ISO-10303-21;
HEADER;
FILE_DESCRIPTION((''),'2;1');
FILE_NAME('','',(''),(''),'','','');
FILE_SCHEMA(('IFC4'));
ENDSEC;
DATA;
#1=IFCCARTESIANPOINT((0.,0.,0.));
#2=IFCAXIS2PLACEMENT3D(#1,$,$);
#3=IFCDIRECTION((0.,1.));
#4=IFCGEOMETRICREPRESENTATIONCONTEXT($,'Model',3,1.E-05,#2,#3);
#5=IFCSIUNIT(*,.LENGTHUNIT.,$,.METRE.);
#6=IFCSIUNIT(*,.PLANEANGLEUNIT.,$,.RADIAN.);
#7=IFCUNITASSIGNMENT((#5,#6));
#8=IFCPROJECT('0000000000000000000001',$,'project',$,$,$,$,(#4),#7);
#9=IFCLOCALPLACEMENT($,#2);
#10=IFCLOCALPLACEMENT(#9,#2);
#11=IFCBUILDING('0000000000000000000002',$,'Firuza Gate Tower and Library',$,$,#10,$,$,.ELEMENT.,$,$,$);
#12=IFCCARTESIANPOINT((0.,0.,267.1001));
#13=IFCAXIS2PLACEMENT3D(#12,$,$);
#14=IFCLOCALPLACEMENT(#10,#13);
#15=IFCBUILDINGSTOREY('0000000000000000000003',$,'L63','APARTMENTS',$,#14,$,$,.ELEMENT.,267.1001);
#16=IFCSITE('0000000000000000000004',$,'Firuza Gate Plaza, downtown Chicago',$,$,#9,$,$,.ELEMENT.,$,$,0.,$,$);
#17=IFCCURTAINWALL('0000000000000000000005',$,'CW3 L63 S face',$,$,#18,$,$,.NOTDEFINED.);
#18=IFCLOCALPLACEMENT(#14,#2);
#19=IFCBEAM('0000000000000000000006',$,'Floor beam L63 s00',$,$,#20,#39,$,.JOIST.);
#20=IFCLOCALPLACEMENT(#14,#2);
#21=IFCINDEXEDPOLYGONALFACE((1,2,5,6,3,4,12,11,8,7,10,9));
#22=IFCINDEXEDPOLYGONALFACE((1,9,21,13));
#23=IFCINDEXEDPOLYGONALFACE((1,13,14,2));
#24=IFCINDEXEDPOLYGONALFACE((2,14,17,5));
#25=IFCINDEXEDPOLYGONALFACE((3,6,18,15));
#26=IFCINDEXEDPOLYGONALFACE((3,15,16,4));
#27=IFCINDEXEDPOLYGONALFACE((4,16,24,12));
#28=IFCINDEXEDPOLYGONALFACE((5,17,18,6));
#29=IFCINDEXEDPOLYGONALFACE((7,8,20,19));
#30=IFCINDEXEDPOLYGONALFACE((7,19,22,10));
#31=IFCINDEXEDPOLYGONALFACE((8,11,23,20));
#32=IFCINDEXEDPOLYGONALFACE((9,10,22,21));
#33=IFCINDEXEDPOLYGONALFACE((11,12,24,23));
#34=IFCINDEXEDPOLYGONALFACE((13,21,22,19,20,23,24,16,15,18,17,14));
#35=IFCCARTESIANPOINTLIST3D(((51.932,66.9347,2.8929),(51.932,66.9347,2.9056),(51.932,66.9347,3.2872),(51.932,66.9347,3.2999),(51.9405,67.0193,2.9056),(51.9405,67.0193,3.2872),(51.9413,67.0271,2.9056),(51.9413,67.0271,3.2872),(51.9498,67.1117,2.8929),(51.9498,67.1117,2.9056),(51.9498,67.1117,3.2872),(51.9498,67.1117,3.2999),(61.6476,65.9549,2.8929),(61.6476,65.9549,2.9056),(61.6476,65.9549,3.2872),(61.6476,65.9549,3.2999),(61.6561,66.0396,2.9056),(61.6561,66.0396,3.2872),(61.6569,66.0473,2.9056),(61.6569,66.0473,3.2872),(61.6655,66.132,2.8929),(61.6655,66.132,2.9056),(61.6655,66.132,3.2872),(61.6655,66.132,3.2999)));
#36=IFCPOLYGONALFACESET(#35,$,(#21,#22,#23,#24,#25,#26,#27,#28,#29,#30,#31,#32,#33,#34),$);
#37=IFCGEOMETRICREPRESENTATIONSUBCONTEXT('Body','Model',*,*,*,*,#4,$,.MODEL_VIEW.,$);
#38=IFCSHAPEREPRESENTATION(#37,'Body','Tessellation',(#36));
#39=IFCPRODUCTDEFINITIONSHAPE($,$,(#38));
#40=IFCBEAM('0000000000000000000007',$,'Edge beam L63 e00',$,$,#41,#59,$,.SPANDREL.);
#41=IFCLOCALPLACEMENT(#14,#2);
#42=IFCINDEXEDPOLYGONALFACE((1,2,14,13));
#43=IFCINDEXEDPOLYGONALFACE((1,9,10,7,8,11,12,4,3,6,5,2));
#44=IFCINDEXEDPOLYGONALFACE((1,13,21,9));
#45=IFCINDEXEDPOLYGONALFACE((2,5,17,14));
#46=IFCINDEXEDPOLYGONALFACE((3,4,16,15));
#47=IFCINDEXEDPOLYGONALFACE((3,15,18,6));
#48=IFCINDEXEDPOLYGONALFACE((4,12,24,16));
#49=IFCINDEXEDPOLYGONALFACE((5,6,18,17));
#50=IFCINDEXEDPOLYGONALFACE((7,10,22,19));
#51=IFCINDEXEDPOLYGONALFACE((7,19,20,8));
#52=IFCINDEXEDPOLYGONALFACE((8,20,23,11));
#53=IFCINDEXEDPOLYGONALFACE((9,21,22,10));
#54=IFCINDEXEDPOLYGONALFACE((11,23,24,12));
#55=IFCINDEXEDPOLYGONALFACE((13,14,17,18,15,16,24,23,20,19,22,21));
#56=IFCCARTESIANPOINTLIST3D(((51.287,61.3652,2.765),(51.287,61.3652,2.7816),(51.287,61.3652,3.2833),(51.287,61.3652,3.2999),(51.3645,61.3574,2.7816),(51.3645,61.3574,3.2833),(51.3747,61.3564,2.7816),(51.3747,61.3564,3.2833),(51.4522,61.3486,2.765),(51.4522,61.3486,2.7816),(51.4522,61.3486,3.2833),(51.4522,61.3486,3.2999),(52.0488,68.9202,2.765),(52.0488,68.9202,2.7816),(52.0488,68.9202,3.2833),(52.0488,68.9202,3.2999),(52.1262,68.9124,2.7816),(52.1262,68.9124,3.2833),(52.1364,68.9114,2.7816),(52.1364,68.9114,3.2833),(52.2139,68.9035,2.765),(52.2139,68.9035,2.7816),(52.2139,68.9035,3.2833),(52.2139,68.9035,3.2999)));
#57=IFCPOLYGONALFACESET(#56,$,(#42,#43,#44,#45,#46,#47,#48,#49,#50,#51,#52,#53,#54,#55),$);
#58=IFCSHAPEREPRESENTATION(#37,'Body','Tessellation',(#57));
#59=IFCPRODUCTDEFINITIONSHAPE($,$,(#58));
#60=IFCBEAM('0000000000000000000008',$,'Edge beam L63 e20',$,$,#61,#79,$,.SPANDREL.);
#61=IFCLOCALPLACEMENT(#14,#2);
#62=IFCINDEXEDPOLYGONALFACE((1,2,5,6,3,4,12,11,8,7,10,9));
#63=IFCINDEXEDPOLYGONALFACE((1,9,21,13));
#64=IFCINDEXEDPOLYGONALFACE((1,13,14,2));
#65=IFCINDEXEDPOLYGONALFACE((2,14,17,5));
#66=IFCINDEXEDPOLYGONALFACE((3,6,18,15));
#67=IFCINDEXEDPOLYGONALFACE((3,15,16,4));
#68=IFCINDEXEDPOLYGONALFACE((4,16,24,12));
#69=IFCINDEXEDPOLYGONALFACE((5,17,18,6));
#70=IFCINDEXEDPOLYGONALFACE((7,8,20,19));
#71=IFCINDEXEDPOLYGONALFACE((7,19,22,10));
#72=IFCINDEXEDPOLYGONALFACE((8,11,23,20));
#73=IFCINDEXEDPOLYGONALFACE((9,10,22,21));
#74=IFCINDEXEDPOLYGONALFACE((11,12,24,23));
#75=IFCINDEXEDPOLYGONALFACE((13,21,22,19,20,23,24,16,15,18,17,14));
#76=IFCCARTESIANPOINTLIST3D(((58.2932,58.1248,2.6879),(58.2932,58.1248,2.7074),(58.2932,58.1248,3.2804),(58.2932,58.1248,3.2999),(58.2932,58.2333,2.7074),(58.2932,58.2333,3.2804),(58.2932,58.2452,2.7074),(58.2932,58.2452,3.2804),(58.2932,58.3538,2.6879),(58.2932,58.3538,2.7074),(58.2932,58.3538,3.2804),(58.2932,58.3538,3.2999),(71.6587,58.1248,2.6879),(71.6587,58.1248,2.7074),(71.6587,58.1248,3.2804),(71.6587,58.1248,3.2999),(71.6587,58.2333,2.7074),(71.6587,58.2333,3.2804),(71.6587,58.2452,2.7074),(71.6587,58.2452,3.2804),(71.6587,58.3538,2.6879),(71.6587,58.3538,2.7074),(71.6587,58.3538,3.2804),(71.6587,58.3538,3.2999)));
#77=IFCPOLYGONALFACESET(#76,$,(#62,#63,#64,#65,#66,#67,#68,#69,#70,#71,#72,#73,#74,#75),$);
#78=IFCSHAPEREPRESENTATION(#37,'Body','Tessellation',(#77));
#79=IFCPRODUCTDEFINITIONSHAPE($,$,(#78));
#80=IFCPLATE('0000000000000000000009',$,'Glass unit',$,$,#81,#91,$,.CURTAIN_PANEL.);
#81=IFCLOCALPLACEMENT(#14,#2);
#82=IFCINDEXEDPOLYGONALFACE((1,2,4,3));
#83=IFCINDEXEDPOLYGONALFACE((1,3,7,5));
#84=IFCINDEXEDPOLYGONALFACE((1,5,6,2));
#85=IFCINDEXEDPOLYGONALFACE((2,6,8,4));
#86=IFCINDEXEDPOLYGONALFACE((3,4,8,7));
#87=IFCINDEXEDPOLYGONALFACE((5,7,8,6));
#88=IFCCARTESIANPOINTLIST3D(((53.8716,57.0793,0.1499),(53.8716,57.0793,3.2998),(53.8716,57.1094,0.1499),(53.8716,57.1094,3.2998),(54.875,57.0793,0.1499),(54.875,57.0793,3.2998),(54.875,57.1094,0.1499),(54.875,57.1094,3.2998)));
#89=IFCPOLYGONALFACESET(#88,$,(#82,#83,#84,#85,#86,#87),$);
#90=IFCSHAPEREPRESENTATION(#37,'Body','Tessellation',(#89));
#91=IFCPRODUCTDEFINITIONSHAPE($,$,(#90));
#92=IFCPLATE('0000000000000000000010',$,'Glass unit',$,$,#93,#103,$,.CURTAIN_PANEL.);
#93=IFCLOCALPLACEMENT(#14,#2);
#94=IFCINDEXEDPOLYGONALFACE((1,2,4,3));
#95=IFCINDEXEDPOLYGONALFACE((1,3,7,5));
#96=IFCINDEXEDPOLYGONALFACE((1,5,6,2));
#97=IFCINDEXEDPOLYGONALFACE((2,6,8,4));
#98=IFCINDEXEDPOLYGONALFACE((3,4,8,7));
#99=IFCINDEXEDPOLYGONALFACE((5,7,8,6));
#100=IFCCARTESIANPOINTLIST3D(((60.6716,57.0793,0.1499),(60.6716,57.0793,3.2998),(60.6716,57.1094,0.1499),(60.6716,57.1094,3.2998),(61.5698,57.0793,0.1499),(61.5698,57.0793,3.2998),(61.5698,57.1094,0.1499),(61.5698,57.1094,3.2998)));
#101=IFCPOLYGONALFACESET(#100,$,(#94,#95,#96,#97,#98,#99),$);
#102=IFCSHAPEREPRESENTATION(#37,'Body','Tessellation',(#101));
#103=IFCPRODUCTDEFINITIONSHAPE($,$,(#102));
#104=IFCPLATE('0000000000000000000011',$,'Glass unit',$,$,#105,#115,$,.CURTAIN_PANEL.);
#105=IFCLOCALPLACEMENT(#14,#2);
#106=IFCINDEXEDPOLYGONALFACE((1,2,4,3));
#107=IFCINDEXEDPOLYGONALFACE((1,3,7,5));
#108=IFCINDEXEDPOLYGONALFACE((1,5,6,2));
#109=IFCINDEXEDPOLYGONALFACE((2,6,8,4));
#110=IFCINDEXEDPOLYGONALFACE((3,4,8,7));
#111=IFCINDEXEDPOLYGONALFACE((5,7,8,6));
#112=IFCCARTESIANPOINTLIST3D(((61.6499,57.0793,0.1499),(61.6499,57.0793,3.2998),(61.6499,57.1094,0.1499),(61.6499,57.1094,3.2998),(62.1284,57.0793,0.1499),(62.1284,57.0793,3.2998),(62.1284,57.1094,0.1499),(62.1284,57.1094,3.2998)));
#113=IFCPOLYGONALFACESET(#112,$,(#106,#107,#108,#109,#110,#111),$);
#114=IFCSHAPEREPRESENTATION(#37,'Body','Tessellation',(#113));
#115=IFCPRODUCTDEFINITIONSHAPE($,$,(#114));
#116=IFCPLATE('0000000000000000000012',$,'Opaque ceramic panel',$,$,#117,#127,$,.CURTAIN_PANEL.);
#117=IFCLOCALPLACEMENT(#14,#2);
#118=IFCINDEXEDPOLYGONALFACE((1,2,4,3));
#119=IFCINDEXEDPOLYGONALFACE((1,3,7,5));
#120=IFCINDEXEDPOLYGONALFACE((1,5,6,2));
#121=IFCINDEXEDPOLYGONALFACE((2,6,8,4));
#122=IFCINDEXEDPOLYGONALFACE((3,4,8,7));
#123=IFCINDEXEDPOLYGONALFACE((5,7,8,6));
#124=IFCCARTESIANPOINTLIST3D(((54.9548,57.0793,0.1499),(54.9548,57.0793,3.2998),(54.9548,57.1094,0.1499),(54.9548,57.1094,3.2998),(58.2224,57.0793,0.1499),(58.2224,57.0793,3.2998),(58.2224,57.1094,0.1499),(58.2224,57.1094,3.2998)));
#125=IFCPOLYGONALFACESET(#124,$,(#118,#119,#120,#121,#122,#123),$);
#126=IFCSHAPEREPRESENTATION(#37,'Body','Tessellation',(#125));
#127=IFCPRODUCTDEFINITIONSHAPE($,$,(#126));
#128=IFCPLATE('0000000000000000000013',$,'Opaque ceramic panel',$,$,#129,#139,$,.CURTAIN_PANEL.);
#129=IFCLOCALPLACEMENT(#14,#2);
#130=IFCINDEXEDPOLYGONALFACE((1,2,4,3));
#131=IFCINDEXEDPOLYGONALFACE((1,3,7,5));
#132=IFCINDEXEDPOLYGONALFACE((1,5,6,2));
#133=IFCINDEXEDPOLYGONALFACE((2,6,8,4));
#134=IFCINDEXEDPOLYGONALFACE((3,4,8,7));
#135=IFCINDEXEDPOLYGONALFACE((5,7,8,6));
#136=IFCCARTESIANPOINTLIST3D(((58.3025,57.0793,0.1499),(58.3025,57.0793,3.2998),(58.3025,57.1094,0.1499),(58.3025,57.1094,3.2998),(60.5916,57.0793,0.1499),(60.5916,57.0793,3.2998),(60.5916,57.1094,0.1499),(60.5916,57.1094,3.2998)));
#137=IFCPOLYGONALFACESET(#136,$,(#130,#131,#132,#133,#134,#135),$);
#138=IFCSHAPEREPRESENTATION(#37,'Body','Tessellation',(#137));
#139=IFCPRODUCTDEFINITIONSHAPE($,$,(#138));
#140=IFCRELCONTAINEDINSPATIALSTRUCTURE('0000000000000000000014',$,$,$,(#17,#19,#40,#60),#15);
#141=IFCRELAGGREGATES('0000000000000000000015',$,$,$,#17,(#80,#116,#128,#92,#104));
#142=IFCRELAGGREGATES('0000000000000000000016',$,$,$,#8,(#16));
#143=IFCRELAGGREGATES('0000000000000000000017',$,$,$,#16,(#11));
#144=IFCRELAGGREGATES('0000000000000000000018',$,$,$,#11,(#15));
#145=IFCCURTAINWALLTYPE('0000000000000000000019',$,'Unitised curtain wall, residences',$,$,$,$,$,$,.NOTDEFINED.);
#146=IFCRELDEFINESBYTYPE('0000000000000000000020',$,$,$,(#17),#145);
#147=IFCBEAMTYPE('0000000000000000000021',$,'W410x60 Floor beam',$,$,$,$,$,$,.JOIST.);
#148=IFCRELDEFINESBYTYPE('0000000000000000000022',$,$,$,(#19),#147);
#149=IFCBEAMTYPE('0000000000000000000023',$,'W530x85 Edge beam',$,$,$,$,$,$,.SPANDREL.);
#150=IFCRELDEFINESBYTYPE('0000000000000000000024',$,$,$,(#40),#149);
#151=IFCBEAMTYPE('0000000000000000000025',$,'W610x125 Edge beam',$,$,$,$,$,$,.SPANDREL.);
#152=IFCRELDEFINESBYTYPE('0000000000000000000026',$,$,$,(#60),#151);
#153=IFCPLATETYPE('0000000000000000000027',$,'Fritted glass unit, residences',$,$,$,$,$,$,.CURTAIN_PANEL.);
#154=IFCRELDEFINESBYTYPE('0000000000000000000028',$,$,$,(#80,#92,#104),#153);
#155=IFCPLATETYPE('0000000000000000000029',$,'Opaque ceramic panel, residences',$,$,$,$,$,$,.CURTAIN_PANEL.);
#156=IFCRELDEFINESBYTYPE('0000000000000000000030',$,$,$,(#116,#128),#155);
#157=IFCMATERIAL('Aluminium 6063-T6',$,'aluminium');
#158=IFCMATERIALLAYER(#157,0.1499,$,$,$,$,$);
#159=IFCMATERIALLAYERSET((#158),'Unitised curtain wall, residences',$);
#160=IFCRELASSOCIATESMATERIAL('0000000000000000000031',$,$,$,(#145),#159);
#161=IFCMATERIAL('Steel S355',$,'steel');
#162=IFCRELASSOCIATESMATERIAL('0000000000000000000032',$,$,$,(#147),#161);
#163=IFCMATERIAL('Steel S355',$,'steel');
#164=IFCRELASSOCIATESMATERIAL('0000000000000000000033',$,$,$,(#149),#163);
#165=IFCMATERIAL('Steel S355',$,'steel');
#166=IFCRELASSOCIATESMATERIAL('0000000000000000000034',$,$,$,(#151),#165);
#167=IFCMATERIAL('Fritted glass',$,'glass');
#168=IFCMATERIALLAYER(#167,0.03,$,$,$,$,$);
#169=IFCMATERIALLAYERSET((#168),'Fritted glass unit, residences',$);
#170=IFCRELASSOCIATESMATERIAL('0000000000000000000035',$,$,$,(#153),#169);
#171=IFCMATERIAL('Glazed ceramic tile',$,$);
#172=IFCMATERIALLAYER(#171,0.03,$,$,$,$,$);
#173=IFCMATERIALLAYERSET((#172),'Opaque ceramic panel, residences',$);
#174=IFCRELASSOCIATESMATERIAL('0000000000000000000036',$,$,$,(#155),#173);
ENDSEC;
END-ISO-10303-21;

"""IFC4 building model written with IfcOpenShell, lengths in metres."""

from ifc_helpers import new_model, si_unit, direction, frame, origin, origin_2d, place, context, subcontext, project, spatial, polyline, i_section, outline, extrude, material, layer, layer_set, material_profile, profile_set, type_object, element, aggregate, save


model = new_model("IFC4")

# Units and contexts
model_context = context("Model", 3, precision=1e-05, world=origin(), true_north=direction((0.0, 1.0)))
body_context = subcontext(model_context, "Body", "Model", "MODEL_VIEW")
ifc_project = project(units=[si_unit("LENGTHUNIT", "METRE"), si_unit("PLANEANGLEUNIT", "RADIAN")], contexts=[model_context])

# Site, building, storey
site_placement = place(None, origin())
site = spatial("IfcSite", under=ifc_project, at=site_placement, Name="Firuza Gate Plaza, downtown Chicago", CompositionType="ELEMENT", RefElevation=0.0)
building_placement = place(site_placement, origin())
building = spatial("IfcBuilding", under=site, at=building_placement, Name="Firuza Gate Tower and Library", CompositionType="ELEMENT")
storey_placement = place(building_placement, frame((0.0, 0.0, 267.1001)))
storey = spatial("IfcBuildingStorey", under=building, at=storey_placement, Name="L63", Description="APARTMENTS", CompositionType="ELEMENT", Elevation=267.1001)

# Curtain wall
ifc_material_1 = material(Name="Aluminium 6063-T6", Category="aluminium")
ifc_layer_1 = layer(ifc_material_1, 0.1499)
ifc_layer_set_1 = layer_set([ifc_layer_1], Name="Unitised curtain wall, residences")
curtain_wall_type = type_object("IfcCurtainWallType", Name="Unitised curtain wall, residences", PredefinedType="NOTDEFINED", material=ifc_layer_set_1)
curtain_wall_placement = place(storey_placement, origin())
curtain_wall = element("IfcCurtainWall", 1, at=curtain_wall_placement, inside=storey, type_object=curtain_wall_type, Name="CW3 L63 S face", PredefinedType="NOTDEFINED")

# Beams
ifc_material_2 = material(Name="Steel S355", Category="steel")
ifc_material_profile_1 = material_profile(ifc_material_2, i_section(OverallWidth=0.178, OverallDepth=0.407, WebThickness=0.0078, FlangeThickness=0.0127, at=origin_2d()))
ifc_profile_set_1 = profile_set([ifc_material_profile_1], Name="Steel S355")
beam_type_1 = type_object("IfcBeamType", Name="W410x60 Floor beam", PredefinedType="JOIST", material=ifc_profile_set_1)
beam_1_placement = place(storey_placement, frame((51.9409, 67.0232, 3.0964), z_axis=(0.994954, -0.100333, 0.0), x_axis=(0.100333, 0.994954, 0.0)))
element("IfcBeam", 2, at=beam_1_placement, inside=storey, type_object=beam_type_1, Name="Floor beam L63 s00", PredefinedType="JOIST", context=body_context, shape_type="SweptSolid", body=[
    extrude(i_section(OverallWidth=0.178, OverallDepth=0.407, WebThickness=0.0078, FlangeThickness=0.0127, at=origin_2d()), origin(), (0.0, 0.0, 1.0), 9.7649),
])
ifc_material_3 = material(Name="Steel S355", Category="steel")
ifc_material_profile_2 = material_profile(ifc_material_3, i_section(OverallWidth=0.166, OverallDepth=0.5349, WebThickness=0.0103, FlangeThickness=0.0166, at=origin_2d()))
ifc_profile_set_2 = profile_set([ifc_material_profile_2], Name="Steel S355")
beam_type_2 = type_object("IfcBeamType", Name="W530x85 Edge beam", PredefinedType="SPANDREL", material=ifc_profile_set_2)
beam_2_placement = place(storey_placement, frame((52.1313, 68.9119, 3.0325), z_axis=(-0.100315, -0.994956, 0.0), x_axis=(0.994956, -0.100315, 0.0)))
element("IfcBeam", 3, at=beam_2_placement, inside=storey, type_object=beam_type_2, Name="Edge beam L63 e00", PredefinedType="SPANDREL", context=body_context, shape_type="SweptSolid", body=[
    extrude(i_section(OverallWidth=0.166, OverallDepth=0.5349, WebThickness=0.0103, FlangeThickness=0.0166, at=origin_2d()), origin(), (0.0, 0.0, 1.0), 7.5933),
])
ifc_material_4 = material(Name="Steel S355", Category="steel")
ifc_material_profile_3 = material_profile(ifc_material_4, i_section(OverallWidth=0.229, OverallDepth=0.6121, WebThickness=0.012, FlangeThickness=0.0195, at=origin_2d()))
ifc_profile_set_3 = profile_set([ifc_material_profile_3], Name="Steel S355")
beam_type_3 = type_object("IfcBeamType", Name="W610x125 Edge beam", PredefinedType="SPANDREL", material=ifc_profile_set_3)
beam_3_placement = place(storey_placement, frame((58.2932, 58.2393, 2.9939), z_axis=(1.0, 0.0, 0.0), x_axis=(0.0, 1.0, 0.0)))
element("IfcBeam", 4, at=beam_3_placement, inside=storey, type_object=beam_type_3, Name="Edge beam L63 e20", PredefinedType="SPANDREL", context=body_context, shape_type="SweptSolid", body=[
    extrude(i_section(OverallWidth=0.229, OverallDepth=0.6121, WebThickness=0.012, FlangeThickness=0.0195, at=origin_2d()), origin(), (0.0, 0.0, 1.0), 13.3655),
])

# Plates
ifc_material_5 = material(Name="Fritted glass", Category="glass")
ifc_layer_2 = layer(ifc_material_5, 0.03)
ifc_layer_set_2 = layer_set([ifc_layer_2], Name="Fritted glass unit, residences")
plate_type_1 = type_object("IfcPlateType", Name="Fritted glass unit, residences", PredefinedType="CURTAIN_PANEL", material=ifc_layer_set_2)
plate_1_placement = place(storey_placement, frame((53.8716, 57.0793, 0.1499), z_axis=(0.0, -1.0, 0.0), x_axis=(1.0, 0.0, 0.0)))
plate_1 = element("IfcPlate", 5, at=plate_1_placement, type_object=plate_type_1, Name="Glass unit", PredefinedType="CURTAIN_PANEL", context=body_context, shape_type="SweptSolid", body=[
    extrude(outline(polyline([(0.0, 0.0), (1.0034, 0.0), (1.0034, 3.1499), (0.0, 3.1499), (0.0, 0.0)])), origin(), (0.0, 0.0, -1.0), 0.03),
])
plate_2_placement = place(storey_placement, frame((60.6716, 57.0793, 0.1499), z_axis=(0.0, -1.0, 0.0), x_axis=(1.0, 0.0, 0.0)))
plate_2 = element("IfcPlate", 6, at=plate_2_placement, type_object=plate_type_1, Name="Glass unit", PredefinedType="CURTAIN_PANEL", context=body_context, shape_type="SweptSolid", body=[
    extrude(outline(polyline([(0.0, 0.0), (0.8982, 0.0), (0.8982, 3.1499), (0.0, 3.1499), (0.0, 0.0)])), origin(), (0.0, 0.0, -1.0), 0.03),
])
plate_3_placement = place(storey_placement, frame((61.6499, 57.0793, 0.1499), z_axis=(0.0, -1.0, 0.0), x_axis=(1.0, 0.0, 0.0)))
plate_3 = element("IfcPlate", 7, at=plate_3_placement, type_object=plate_type_1, Name="Glass unit", PredefinedType="CURTAIN_PANEL", context=body_context, shape_type="SweptSolid", body=[
    extrude(outline(polyline([(0.0, 0.0), (0.4785, 0.0), (0.4785, 3.1499), (0.0, 3.1499), (0.0, 0.0)])), origin(), (0.0, 0.0, -1.0), 0.03),
])
ifc_material_6 = material(Name="Glazed ceramic tile")
ifc_layer_3 = layer(ifc_material_6, 0.03)
ifc_layer_set_3 = layer_set([ifc_layer_3], Name="Opaque ceramic panel, residences")
plate_type_2 = type_object("IfcPlateType", Name="Opaque ceramic panel, residences", PredefinedType="CURTAIN_PANEL", material=ifc_layer_set_3)
plate_4_placement = place(storey_placement, frame((54.9548, 57.0793, 0.1499), z_axis=(0.0, -1.0, 0.0), x_axis=(1.0, 0.0, 0.0)))
plate_4 = element("IfcPlate", 8, at=plate_4_placement, type_object=plate_type_2, Name="Opaque ceramic panel", PredefinedType="CURTAIN_PANEL", context=body_context, shape_type="SweptSolid", body=[
    extrude(outline(polyline([(0.0, 0.0), (3.2676, 0.0), (3.2676, 3.1499), (0.0, 3.1499), (0.0, 0.0)])), origin(), (0.0, 0.0, -1.0), 0.03),
])
plate_5_placement = place(storey_placement, frame((58.3025, 57.0793, 0.1499), z_axis=(0.0, -1.0, 0.0), x_axis=(1.0, 0.0, 0.0)))
plate_5 = element("IfcPlate", 9, at=plate_5_placement, type_object=plate_type_2, Name="Opaque ceramic panel", PredefinedType="CURTAIN_PANEL", context=body_context, shape_type="SweptSolid", body=[
    extrude(outline(polyline([(0.0, 0.0), (2.2891, 0.0), (2.2891, 3.1499), (0.0, 3.1499), (0.0, 0.0)])), origin(), (0.0, 0.0, -1.0), 0.03),
])
aggregate(curtain_wall, [plate_1, plate_4, plate_5, plate_2, plate_3])

save(model, "model.ifc")
